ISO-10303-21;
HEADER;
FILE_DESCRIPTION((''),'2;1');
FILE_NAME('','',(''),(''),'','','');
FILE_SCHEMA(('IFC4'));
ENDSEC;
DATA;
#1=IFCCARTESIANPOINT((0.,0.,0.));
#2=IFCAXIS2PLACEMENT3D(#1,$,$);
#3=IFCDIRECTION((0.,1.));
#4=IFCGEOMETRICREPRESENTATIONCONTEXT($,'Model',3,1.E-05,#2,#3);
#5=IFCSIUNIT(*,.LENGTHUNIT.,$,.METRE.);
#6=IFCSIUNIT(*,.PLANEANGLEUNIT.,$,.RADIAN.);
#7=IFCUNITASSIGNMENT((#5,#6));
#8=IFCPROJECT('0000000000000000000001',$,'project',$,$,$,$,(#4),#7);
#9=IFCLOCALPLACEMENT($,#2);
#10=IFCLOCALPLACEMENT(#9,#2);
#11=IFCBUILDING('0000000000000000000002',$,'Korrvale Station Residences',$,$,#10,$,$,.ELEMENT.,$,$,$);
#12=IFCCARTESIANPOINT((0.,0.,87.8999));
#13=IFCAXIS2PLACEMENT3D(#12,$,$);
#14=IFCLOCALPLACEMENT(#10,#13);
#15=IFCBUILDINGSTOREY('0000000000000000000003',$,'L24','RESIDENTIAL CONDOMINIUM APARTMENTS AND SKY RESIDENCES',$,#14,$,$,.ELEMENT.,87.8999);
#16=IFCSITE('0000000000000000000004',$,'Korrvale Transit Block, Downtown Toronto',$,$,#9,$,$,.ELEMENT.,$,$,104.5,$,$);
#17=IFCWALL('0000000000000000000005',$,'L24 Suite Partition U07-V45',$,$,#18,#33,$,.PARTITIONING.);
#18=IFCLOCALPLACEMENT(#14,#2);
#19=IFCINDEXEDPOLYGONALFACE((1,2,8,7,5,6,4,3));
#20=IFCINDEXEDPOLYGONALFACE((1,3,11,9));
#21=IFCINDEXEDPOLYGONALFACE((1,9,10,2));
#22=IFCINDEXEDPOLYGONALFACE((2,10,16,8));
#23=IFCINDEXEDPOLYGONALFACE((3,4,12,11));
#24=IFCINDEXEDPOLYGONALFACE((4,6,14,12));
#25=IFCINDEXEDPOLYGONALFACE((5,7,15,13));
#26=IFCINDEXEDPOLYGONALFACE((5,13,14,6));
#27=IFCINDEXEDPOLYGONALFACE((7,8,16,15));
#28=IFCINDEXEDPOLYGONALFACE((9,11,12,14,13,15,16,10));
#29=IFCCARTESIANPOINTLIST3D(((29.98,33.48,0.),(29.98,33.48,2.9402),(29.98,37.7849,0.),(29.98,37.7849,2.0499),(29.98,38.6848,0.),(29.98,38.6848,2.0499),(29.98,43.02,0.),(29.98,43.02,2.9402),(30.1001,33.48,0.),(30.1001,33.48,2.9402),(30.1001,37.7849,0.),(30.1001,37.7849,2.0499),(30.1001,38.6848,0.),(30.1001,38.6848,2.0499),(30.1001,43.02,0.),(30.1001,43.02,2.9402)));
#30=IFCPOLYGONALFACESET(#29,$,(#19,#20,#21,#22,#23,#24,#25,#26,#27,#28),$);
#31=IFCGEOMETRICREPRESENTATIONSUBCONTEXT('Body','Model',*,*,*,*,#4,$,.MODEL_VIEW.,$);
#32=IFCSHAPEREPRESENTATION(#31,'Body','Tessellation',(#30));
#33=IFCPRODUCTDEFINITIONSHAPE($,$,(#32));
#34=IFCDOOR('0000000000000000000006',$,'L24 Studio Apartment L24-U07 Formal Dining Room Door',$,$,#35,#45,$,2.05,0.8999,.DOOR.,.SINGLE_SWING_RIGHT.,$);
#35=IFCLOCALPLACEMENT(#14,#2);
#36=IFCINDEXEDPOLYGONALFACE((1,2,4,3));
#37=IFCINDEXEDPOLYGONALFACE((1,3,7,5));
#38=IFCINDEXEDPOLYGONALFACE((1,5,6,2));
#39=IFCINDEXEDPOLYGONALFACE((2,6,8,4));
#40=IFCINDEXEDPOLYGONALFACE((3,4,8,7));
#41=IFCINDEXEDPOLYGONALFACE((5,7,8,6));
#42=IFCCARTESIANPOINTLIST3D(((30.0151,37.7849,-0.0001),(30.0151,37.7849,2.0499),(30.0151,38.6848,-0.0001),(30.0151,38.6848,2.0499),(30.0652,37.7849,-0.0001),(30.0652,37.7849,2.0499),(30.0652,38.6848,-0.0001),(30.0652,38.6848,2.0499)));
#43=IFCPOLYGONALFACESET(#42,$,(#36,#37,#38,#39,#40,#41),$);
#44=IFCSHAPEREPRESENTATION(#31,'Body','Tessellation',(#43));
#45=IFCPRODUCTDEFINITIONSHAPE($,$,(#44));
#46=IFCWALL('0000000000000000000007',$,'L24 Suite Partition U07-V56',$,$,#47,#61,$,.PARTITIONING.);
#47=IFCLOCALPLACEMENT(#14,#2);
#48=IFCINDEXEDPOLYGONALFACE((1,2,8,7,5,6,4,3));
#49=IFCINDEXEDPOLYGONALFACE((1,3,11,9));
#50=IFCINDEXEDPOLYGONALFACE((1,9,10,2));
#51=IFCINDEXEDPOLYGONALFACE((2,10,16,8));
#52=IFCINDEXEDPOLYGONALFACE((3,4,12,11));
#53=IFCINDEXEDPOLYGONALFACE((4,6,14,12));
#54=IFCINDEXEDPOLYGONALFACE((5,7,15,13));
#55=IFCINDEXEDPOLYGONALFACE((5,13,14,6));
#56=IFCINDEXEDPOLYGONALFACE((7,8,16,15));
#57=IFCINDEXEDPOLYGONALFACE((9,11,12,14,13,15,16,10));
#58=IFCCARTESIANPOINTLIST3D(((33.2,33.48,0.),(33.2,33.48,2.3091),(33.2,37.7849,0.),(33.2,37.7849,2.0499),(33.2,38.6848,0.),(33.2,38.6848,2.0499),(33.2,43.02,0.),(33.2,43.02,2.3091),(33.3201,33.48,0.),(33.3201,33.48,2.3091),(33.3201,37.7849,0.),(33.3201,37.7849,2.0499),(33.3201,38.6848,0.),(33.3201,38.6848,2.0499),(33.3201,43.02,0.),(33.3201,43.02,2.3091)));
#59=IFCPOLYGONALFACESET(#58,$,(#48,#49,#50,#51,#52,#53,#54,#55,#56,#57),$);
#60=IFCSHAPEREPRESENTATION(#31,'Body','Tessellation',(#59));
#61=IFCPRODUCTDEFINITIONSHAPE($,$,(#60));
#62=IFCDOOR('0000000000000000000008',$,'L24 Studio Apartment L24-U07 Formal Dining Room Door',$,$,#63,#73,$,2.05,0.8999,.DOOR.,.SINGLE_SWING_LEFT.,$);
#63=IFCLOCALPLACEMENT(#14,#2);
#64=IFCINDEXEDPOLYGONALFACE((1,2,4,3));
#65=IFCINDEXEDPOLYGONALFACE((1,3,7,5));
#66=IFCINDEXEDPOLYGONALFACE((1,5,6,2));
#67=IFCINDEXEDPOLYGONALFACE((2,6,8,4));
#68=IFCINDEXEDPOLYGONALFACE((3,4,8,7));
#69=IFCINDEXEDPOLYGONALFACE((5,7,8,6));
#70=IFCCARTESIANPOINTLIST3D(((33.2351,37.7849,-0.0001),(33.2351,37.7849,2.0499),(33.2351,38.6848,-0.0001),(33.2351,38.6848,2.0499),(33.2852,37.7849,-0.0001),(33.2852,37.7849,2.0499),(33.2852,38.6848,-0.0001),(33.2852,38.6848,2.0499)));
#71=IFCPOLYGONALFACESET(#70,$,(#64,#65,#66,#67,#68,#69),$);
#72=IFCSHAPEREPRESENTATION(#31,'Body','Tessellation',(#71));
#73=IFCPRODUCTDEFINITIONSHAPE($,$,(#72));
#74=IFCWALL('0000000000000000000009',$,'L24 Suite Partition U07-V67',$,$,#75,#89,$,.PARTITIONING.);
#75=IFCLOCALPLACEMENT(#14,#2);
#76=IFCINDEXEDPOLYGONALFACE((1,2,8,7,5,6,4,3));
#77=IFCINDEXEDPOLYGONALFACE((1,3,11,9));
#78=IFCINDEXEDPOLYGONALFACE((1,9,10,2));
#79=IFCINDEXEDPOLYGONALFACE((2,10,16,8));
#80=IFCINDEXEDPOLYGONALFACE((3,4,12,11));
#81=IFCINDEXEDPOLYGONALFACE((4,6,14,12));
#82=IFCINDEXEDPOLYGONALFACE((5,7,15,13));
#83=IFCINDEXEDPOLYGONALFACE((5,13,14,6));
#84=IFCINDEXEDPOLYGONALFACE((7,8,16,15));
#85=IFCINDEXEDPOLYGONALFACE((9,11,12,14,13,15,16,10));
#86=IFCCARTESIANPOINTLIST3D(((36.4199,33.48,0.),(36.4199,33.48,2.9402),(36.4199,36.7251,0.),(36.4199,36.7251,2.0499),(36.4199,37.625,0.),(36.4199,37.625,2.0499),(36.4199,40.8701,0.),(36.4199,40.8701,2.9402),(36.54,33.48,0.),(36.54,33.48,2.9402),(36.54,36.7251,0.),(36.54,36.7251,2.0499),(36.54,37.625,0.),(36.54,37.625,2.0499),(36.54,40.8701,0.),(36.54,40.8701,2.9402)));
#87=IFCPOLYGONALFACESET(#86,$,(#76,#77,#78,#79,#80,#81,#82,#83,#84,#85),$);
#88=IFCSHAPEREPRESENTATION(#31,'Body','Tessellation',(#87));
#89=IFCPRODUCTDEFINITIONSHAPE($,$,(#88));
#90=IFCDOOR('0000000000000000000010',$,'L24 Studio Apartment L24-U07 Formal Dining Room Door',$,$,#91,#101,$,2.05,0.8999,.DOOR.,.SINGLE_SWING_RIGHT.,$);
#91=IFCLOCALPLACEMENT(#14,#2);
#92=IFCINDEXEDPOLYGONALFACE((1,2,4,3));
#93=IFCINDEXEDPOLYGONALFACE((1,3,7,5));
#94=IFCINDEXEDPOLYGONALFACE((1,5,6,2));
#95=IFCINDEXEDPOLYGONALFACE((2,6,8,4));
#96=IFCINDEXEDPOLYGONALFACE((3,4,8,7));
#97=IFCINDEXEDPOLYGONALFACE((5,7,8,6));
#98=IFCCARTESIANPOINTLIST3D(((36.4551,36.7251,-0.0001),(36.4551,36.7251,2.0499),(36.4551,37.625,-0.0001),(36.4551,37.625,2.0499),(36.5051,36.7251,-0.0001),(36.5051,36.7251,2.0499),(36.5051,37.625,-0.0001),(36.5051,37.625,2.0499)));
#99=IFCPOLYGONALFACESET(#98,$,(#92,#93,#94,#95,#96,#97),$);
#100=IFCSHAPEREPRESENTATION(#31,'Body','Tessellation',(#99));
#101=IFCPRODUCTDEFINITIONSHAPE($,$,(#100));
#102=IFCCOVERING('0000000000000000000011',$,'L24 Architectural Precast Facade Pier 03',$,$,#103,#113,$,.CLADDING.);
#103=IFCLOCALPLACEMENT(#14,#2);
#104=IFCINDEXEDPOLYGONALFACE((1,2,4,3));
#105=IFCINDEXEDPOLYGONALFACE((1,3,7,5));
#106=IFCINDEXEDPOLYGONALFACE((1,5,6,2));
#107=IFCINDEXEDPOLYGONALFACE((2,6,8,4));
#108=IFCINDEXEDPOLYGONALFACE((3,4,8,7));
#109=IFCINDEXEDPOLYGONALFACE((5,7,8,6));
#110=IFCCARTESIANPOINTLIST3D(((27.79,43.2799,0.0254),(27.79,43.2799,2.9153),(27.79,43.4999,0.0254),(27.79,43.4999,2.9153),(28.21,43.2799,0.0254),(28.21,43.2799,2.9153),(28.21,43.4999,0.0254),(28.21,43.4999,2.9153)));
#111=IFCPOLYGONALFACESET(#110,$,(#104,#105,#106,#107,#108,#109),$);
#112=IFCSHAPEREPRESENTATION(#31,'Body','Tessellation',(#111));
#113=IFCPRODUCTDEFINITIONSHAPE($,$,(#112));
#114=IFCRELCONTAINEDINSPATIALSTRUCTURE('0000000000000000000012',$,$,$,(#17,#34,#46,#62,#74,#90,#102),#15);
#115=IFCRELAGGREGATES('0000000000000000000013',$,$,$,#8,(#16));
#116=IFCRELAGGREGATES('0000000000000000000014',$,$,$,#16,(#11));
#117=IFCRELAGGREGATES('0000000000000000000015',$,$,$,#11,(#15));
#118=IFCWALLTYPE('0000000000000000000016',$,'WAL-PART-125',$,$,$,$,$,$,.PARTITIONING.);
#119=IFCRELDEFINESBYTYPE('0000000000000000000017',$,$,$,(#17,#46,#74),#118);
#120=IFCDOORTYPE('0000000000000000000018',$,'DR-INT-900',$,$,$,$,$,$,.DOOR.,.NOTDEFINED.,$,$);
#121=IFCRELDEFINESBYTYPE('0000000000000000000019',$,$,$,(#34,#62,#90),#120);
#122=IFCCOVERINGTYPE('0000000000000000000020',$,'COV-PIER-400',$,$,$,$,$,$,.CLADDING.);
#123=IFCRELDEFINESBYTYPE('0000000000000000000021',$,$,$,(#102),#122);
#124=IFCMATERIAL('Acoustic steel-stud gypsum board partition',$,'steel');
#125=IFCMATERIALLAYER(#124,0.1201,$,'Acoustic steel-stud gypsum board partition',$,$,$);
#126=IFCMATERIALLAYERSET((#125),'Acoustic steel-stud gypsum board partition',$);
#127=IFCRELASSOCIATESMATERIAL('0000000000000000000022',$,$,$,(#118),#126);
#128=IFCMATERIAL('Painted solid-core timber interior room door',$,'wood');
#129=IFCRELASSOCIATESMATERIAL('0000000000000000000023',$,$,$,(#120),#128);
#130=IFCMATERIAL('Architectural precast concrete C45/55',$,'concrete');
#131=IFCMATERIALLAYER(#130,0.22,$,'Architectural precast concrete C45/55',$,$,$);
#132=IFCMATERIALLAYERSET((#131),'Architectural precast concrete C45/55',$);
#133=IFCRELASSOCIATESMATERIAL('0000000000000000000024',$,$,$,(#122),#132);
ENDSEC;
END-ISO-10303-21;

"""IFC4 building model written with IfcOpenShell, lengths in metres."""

from ifc_helpers import new_model, si_unit, direction, frame, frame_2d, origin, origin_2d, place, context, subcontext, project, spatial, rectangle, extrude, material, layer, layer_set, type_object, element, fill, save


model = new_model("IFC4")

# Units and contexts
model_context = context("Model", 3, precision=1e-05, world=origin(), true_north=direction((0.0, 1.0)))
body_context = subcontext(model_context, "Body", "Model", "MODEL_VIEW")
ifc_project = project(units=[si_unit("LENGTHUNIT", "METRE"), si_unit("PLANEANGLEUNIT", "RADIAN")], contexts=[model_context])

# Site, building, storey
site_placement = place(None, origin())
site = spatial("IfcSite", under=ifc_project, at=site_placement, Name="Korrvale Transit Block, Downtown Toronto", CompositionType="ELEMENT", RefElevation=104.5)
building_placement = place(site_placement, origin())
building = spatial("IfcBuilding", under=site, at=building_placement, Name="Korrvale Station Residences", CompositionType="ELEMENT")
storey_placement = place(building_placement, frame((0.0, 0.0, 87.8999)))
storey = spatial("IfcBuildingStorey", under=building, at=storey_placement, Name="L24", Description="RESIDENTIAL CONDOMINIUM APARTMENTS AND SKY RESIDENCES", CompositionType="ELEMENT", Elevation=87.8999)

# Shared definitions
ifc_material_1 = material(Name="Acoustic steel-stud gypsum board partition", Category="steel")
ifc_layer_1 = layer(ifc_material_1, 0.1201, Name="Acoustic steel-stud gypsum board partition")
ifc_layer_set_1 = layer_set([ifc_layer_1], Name="Acoustic steel-stud gypsum board partition")
wall_type_1 = type_object("IfcWallType", Name="WAL-PART-125", PredefinedType="PARTITIONING", material=ifc_layer_set_1)

# Shared definitions
ifc_material_2 = material(Name="Painted solid-core timber interior room door", Category="wood")
door_type_1 = type_object("IfcDoorType", Name="DR-INT-900", OperationType="NOTDEFINED", PredefinedType="DOOR", material=ifc_material_2)

# Walls, openings, doors
wall_1_placement = place(storey_placement, frame((30.04, 33.48, 0.0), z_axis=(0.0, 0.0, 1.0), x_axis=(0.0, 1.0, 0.0)))
wall_1 = element("IfcWall", 1, at=wall_1_placement, inside=storey, type_object=wall_type_1, Name="L24 Suite Partition U07-V45", PredefinedType="PARTITIONING", context=body_context, shape_type="SweptSolid", body=[
    extrude(rectangle(XDim=9.54, YDim=0.1201, at=frame_2d((4.77, 0.0))), origin(), (0.0, 0.0, 1.0), 2.9402),
])
opening_1_placement = place(wall_1_placement, frame((4.3049, 0.0, 0.0)))
opening_1 = element("IfcOpeningElement", 2, at=opening_1_placement, cuts=wall_1, PredefinedType="OPENING", context=body_context, shape_type="SweptSolid", body=[
    extrude(rectangle(XDim=0.8999, YDim=2.05, at=frame_2d((0.45, 1.0249))), frame((0.0, 0.0701, 0.0), z_axis=(0.0, -1.0, 0.0), x_axis=(1.0, 0.0, 0.0)), (0.0, 0.0, 1.0), 0.1401),
])
door_1_placement = place(opening_1_placement, origin())
door_1 = element("IfcDoor", 3, at=door_1_placement, inside=storey, type_object=door_type_1, Name="L24 Studio Apartment L24-U07 Formal Dining Room Door", OperationType="SINGLE_SWING_RIGHT", OverallHeight=2.05, OverallWidth=0.8999, PredefinedType="DOOR", context=body_context, shape_type="SweptSolid", body=[
    extrude(rectangle(XDim=0.8999, YDim=2.05, at=frame_2d((0.45, 1.0249))), frame((0.0, 0.0249, 0.0), z_axis=(0.0, -1.0, 0.0), x_axis=(1.0, 0.0, 0.0)), (0.0, 0.0, 1.0), 0.05),
])
fill(opening_1, door_1)
wall_2_placement = place(storey_placement, frame((33.26, 33.48, 0.0), z_axis=(0.0, 0.0, 1.0), x_axis=(0.0, 1.0, 0.0)))
wall_2 = element("IfcWall", 4, at=wall_2_placement, inside=storey, type_object=wall_type_1, Name="L24 Suite Partition U07-V56", PredefinedType="PARTITIONING", context=body_context, shape_type="SweptSolid", body=[
    extrude(rectangle(XDim=9.54, YDim=0.1201, at=frame_2d((4.77, 0.0))), origin(), (0.0, 0.0, 1.0), 2.3091),
])
opening_2_placement = place(wall_2_placement, frame((4.3049, 0.0, 0.0)))
opening_2 = element("IfcOpeningElement", 5, at=opening_2_placement, cuts=wall_2, PredefinedType="OPENING", context=body_context, shape_type="SweptSolid", body=[
    extrude(rectangle(XDim=0.8999, YDim=2.05, at=frame_2d((0.45, 1.0249))), frame((0.0, 0.0701, 0.0), z_axis=(0.0, -1.0, 0.0), x_axis=(1.0, 0.0, 0.0)), (0.0, 0.0, 1.0), 0.1401),
])
door_2_placement = place(opening_2_placement, origin())
door_2 = element("IfcDoor", 6, at=door_2_placement, inside=storey, type_object=door_type_1, Name="L24 Studio Apartment L24-U07 Formal Dining Room Door", OperationType="SINGLE_SWING_LEFT", OverallHeight=2.05, OverallWidth=0.8999, PredefinedType="DOOR", context=body_context, shape_type="SweptSolid", body=[
    extrude(rectangle(XDim=0.8999, YDim=2.05, at=frame_2d((0.45, 1.0249))), frame((0.0, 0.0249, 0.0), z_axis=(0.0, -1.0, 0.0), x_axis=(1.0, 0.0, 0.0)), (0.0, 0.0, 1.0), 0.05),
])
fill(opening_2, door_2)
wall_3_placement = place(storey_placement, frame((36.48, 33.48, 0.0), z_axis=(0.0, 0.0, 1.0), x_axis=(0.0, 1.0, 0.0)))
wall_3 = element("IfcWall", 7, at=wall_3_placement, inside=storey, type_object=wall_type_1, Name="L24 Suite Partition U07-V67", PredefinedType="PARTITIONING", context=body_context, shape_type="SweptSolid", body=[
    extrude(rectangle(XDim=7.3901, YDim=0.1201, at=frame_2d((3.6951, 0.0))), origin(), (0.0, 0.0, 1.0), 2.9402),
])
opening_3_placement = place(wall_3_placement, frame((3.2451, 0.0, 0.0)))
opening_3 = element("IfcOpeningElement", 8, at=opening_3_placement, cuts=wall_3, PredefinedType="OPENING", context=body_context, shape_type="SweptSolid", body=[
    extrude(rectangle(XDim=0.8999, YDim=2.05, at=frame_2d((0.45, 1.0249))), frame((0.0, 0.0701, 0.0), z_axis=(0.0, -1.0, 0.0), x_axis=(1.0, 0.0, 0.0)), (0.0, 0.0, 1.0), 0.1401),
])
door_3_placement = place(opening_3_placement, origin())
door_3 = element("IfcDoor", 9, at=door_3_placement, inside=storey, type_object=door_type_1, Name="L24 Studio Apartment L24-U07 Formal Dining Room Door", OperationType="SINGLE_SWING_RIGHT", OverallHeight=2.05, OverallWidth=0.8999, PredefinedType="DOOR", context=body_context, shape_type="SweptSolid", body=[
    extrude(rectangle(XDim=0.8999, YDim=2.05, at=frame_2d((0.45, 1.0249))), frame((0.0, 0.0249, 0.0), z_axis=(0.0, -1.0, 0.0), x_axis=(1.0, 0.0, 0.0)), (0.0, 0.0, 1.0), 0.05),
])
fill(opening_3, door_3)

# Covering
ifc_material_3 = material(Name="Architectural precast concrete C45/55", Category="concrete")
ifc_layer_2 = layer(ifc_material_3, 0.22, Name="Architectural precast concrete C45/55")
ifc_layer_set_2 = layer_set([ifc_layer_2], Name="Architectural precast concrete C45/55")
covering_type = type_object("IfcCoveringType", Name="COV-PIER-400", PredefinedType="CLADDING", material=ifc_layer_set_2)
covering_placement = place(storey_placement, frame((28.0, 43.3899, 0.0254), z_axis=(0.0, 0.0, 1.0), x_axis=(1.0, 0.0, 0.0)))
element("IfcCovering", 10, at=covering_placement, inside=storey, type_object=covering_type, Name="L24 Architectural Precast Facade Pier 03", PredefinedType="CLADDING", context=body_context, shape_type="SweptSolid", body=[
    extrude(rectangle(XDim=0.4199, YDim=0.22, at=origin_2d()), origin(), (0.0, 0.0, 1.0), 2.8899),
])

save(model, "model.ifc")
